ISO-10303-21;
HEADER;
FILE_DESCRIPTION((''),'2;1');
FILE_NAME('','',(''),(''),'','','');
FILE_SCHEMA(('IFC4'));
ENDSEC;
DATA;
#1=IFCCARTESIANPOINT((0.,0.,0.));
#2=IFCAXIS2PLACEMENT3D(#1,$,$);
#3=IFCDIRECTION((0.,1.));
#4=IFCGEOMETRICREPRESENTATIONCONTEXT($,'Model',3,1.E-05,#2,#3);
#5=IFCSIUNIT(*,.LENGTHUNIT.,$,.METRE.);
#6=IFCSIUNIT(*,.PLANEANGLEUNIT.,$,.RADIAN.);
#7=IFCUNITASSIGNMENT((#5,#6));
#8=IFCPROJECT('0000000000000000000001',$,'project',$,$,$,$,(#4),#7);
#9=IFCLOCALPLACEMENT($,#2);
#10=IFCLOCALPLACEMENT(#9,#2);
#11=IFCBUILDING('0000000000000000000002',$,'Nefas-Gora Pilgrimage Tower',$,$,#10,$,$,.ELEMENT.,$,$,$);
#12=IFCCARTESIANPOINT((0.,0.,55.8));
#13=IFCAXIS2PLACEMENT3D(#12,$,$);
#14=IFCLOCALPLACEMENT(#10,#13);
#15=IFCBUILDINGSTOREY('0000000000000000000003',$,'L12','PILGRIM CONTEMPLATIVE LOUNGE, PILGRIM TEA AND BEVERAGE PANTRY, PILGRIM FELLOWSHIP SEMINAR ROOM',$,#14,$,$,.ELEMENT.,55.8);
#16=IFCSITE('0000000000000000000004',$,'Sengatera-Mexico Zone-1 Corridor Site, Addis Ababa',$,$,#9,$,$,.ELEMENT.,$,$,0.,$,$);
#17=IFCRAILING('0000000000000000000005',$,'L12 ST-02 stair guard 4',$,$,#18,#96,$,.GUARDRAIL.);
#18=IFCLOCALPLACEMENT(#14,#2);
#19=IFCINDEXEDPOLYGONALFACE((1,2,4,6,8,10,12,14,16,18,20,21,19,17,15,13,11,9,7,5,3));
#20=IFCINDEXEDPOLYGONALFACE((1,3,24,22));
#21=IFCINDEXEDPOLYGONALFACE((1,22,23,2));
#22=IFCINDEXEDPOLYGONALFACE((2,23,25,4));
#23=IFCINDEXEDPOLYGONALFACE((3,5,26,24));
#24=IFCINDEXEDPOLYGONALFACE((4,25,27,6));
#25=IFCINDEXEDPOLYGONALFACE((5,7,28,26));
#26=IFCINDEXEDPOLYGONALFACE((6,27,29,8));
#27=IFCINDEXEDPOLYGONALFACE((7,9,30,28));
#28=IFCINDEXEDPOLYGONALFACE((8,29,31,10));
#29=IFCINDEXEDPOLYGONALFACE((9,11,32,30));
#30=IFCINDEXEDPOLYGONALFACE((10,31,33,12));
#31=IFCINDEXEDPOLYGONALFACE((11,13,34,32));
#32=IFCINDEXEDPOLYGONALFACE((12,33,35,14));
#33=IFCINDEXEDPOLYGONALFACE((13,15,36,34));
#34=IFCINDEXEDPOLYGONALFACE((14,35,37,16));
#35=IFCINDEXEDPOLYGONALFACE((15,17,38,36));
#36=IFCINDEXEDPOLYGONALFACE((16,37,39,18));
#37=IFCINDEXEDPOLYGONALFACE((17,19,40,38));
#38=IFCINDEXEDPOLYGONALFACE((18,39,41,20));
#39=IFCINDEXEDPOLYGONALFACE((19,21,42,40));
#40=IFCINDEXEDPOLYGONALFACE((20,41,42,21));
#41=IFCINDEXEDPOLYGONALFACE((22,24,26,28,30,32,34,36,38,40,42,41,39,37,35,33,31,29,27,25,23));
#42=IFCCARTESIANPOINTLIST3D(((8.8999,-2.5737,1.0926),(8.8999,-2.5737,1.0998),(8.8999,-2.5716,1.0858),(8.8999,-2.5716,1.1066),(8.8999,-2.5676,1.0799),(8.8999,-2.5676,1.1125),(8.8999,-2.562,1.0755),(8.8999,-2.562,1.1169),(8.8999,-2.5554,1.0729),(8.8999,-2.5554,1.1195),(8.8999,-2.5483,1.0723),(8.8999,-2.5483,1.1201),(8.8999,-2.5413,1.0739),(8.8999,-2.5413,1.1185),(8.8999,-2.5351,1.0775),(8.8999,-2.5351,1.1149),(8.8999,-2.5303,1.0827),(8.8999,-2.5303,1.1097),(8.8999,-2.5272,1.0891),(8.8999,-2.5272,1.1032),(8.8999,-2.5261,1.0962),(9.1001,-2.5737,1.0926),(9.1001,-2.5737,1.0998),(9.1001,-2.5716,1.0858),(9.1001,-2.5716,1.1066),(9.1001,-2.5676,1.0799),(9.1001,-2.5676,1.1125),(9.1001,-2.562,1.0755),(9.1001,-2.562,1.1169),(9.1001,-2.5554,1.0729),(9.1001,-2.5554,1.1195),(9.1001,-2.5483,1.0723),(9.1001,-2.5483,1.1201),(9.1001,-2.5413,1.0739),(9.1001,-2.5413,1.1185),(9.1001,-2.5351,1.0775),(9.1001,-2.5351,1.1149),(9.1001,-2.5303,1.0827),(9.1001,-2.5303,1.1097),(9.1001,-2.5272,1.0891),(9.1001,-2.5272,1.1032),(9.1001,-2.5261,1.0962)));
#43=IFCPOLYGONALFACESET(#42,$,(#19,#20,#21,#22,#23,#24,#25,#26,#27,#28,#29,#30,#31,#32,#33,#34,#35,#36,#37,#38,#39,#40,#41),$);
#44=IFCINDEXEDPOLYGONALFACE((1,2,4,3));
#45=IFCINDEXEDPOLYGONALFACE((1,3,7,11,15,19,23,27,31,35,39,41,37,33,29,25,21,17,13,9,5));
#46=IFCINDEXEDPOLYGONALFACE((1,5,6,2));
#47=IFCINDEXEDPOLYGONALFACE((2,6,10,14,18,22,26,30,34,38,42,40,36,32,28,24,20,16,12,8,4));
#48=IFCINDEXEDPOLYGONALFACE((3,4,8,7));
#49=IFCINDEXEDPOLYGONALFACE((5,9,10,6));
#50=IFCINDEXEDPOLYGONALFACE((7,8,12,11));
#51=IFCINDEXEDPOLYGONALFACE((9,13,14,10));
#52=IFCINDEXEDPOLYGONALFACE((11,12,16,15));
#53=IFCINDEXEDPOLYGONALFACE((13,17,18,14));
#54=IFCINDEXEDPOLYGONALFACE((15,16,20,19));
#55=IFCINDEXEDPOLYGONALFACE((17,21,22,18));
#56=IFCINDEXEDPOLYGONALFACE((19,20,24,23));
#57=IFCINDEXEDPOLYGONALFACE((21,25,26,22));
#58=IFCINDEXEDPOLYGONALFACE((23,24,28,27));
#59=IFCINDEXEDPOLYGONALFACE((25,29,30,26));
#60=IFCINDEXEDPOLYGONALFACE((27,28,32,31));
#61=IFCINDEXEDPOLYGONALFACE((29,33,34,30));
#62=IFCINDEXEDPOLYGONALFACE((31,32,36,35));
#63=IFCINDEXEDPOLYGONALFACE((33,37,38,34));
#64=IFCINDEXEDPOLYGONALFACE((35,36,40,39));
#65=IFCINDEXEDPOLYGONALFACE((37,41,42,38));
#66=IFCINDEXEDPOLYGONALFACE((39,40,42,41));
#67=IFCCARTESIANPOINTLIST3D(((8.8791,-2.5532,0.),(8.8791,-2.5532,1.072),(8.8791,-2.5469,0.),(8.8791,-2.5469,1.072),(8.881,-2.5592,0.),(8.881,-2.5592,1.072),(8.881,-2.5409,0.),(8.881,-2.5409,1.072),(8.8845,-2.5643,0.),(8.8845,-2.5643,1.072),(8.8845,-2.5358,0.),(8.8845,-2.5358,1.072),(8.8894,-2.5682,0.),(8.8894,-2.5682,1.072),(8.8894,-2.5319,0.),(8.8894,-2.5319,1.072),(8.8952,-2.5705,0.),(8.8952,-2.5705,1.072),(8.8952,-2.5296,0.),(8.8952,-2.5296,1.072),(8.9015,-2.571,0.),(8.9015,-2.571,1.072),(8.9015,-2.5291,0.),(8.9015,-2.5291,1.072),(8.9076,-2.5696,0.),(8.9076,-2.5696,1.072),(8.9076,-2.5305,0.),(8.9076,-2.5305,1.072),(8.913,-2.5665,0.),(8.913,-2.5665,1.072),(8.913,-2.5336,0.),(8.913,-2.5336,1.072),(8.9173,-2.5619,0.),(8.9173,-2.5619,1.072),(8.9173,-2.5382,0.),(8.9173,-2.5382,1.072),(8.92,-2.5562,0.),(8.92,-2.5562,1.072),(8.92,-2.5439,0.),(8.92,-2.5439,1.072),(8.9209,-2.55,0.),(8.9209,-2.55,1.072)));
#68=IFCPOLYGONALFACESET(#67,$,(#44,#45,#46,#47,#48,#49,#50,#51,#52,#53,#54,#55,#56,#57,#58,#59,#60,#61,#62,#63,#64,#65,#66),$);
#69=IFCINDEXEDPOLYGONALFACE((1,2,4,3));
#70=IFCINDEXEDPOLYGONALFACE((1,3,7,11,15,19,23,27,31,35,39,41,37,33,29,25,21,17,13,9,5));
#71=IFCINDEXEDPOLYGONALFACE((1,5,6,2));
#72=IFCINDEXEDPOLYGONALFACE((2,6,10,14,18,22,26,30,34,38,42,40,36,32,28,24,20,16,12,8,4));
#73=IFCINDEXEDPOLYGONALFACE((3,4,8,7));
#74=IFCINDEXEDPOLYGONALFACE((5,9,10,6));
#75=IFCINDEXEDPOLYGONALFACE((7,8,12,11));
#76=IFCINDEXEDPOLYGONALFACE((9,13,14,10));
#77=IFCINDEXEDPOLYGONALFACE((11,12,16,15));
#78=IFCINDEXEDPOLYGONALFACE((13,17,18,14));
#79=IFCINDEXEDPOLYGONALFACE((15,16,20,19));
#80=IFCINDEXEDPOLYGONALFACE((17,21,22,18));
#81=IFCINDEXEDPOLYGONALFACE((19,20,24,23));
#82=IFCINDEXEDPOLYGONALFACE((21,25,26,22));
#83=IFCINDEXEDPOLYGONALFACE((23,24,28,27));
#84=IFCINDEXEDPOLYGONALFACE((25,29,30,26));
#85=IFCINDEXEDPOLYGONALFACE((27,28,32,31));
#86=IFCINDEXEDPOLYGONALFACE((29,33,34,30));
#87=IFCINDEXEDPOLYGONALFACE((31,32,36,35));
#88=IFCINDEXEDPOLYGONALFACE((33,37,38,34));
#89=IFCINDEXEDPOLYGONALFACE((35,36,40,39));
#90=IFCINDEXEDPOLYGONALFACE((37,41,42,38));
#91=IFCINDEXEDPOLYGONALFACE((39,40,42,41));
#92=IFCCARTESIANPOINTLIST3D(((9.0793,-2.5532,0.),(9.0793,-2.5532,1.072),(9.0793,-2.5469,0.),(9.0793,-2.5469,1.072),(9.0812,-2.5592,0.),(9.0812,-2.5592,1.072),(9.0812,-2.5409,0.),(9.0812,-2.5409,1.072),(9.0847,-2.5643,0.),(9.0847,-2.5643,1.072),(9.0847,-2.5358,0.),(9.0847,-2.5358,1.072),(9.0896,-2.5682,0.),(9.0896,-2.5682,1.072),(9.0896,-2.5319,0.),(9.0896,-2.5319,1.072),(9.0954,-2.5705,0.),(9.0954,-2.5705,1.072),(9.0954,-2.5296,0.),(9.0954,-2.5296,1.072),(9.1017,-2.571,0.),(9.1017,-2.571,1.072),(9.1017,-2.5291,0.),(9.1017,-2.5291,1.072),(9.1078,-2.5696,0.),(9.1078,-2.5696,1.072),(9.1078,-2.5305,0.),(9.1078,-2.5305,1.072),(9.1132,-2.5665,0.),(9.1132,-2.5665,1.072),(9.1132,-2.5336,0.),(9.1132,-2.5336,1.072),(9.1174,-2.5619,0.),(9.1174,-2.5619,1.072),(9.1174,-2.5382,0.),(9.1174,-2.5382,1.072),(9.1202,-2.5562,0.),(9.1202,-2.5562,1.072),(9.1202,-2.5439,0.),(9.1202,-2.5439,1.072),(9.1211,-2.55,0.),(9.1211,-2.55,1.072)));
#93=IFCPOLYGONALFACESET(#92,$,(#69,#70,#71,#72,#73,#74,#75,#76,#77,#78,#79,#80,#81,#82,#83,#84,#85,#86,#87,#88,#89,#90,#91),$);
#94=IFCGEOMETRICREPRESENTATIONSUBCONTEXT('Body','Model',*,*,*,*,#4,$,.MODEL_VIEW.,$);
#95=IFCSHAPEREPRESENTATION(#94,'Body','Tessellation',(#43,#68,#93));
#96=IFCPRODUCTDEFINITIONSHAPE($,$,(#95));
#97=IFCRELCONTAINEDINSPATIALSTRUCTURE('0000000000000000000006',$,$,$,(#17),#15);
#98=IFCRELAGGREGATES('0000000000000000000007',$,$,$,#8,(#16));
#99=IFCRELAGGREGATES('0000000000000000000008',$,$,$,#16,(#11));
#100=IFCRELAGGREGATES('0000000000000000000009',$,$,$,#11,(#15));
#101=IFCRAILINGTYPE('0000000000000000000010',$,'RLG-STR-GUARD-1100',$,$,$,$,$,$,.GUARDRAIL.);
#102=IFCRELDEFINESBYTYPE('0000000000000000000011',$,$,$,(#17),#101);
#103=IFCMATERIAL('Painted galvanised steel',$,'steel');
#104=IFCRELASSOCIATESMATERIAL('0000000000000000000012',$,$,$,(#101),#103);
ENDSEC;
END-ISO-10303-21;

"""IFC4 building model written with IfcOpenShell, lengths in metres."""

from ifc_helpers import new_model, si_unit, direction, frame, origin, origin_2d, place, context, subcontext, project, spatial, circle, extrude, material, type_object, element, save


model = new_model("IFC4")

# Units and contexts
model_context = context("Model", 3, precision=1e-05, world=origin(), true_north=direction((0.0, 1.0)))
body_context = subcontext(model_context, "Body", "Model", "MODEL_VIEW")
ifc_project = project(units=[si_unit("LENGTHUNIT", "METRE"), si_unit("PLANEANGLEUNIT", "RADIAN")], contexts=[model_context])

# Site, building, storey
site_placement = place(None, origin())
site = spatial("IfcSite", under=ifc_project, at=site_placement, Name="Sengatera-Mexico Zone-1 Corridor Site, Addis Ababa", CompositionType="ELEMENT", RefElevation=0.0)
building_placement = place(site_placement, origin())
building = spatial("IfcBuilding", under=site, at=building_placement, Name="Nefas-Gora Pilgrimage Tower", CompositionType="ELEMENT")
storey_placement = place(building_placement, frame((0.0, 0.0, 55.8)))
storey = spatial("IfcBuildingStorey", under=building, at=storey_placement, Name="L12", Description="PILGRIM CONTEMPLATIVE LOUNGE, PILGRIM TEA AND BEVERAGE PANTRY, PILGRIM FELLOWSHIP SEMINAR ROOM", CompositionType="ELEMENT", Elevation=55.8)

# Railing
ifc_material_1 = material(Name="Painted galvanised steel", Category="steel")
railing_type_1 = type_object("IfcRailingType", Name="RLG-STR-GUARD-1100", PredefinedType="GUARDRAIL", material=ifc_material_1)
railing_1_placement = place(storey_placement, frame((8.8999, -2.55, 0.0)))
element("IfcRailing", 1, at=railing_1_placement, inside=storey, type_object=railing_type_1, Name="L12 ST-02 stair guard 4", PredefinedType="GUARDRAIL", context=body_context, shape_type="SweptSolid", body=[
    extrude(circle(Radius=0.0239, at=origin_2d()), frame((0.0, 0.0, 1.0962), z_axis=(1.0, 0.0, 0.0), x_axis=(0.0, 1.0, 0.0)), (0.0, 0.0, 1.0), 0.2002),
    extrude(circle(Radius=0.021, at=origin_2d()), origin(), (0.0, 0.0, 1.0), 1.072),
    extrude(circle(Radius=0.021, at=origin_2d()), frame((0.2002, 0.0, 0.0)), (0.0, 0.0, 1.0), 1.072),
])

save(model, "model.ifc")
